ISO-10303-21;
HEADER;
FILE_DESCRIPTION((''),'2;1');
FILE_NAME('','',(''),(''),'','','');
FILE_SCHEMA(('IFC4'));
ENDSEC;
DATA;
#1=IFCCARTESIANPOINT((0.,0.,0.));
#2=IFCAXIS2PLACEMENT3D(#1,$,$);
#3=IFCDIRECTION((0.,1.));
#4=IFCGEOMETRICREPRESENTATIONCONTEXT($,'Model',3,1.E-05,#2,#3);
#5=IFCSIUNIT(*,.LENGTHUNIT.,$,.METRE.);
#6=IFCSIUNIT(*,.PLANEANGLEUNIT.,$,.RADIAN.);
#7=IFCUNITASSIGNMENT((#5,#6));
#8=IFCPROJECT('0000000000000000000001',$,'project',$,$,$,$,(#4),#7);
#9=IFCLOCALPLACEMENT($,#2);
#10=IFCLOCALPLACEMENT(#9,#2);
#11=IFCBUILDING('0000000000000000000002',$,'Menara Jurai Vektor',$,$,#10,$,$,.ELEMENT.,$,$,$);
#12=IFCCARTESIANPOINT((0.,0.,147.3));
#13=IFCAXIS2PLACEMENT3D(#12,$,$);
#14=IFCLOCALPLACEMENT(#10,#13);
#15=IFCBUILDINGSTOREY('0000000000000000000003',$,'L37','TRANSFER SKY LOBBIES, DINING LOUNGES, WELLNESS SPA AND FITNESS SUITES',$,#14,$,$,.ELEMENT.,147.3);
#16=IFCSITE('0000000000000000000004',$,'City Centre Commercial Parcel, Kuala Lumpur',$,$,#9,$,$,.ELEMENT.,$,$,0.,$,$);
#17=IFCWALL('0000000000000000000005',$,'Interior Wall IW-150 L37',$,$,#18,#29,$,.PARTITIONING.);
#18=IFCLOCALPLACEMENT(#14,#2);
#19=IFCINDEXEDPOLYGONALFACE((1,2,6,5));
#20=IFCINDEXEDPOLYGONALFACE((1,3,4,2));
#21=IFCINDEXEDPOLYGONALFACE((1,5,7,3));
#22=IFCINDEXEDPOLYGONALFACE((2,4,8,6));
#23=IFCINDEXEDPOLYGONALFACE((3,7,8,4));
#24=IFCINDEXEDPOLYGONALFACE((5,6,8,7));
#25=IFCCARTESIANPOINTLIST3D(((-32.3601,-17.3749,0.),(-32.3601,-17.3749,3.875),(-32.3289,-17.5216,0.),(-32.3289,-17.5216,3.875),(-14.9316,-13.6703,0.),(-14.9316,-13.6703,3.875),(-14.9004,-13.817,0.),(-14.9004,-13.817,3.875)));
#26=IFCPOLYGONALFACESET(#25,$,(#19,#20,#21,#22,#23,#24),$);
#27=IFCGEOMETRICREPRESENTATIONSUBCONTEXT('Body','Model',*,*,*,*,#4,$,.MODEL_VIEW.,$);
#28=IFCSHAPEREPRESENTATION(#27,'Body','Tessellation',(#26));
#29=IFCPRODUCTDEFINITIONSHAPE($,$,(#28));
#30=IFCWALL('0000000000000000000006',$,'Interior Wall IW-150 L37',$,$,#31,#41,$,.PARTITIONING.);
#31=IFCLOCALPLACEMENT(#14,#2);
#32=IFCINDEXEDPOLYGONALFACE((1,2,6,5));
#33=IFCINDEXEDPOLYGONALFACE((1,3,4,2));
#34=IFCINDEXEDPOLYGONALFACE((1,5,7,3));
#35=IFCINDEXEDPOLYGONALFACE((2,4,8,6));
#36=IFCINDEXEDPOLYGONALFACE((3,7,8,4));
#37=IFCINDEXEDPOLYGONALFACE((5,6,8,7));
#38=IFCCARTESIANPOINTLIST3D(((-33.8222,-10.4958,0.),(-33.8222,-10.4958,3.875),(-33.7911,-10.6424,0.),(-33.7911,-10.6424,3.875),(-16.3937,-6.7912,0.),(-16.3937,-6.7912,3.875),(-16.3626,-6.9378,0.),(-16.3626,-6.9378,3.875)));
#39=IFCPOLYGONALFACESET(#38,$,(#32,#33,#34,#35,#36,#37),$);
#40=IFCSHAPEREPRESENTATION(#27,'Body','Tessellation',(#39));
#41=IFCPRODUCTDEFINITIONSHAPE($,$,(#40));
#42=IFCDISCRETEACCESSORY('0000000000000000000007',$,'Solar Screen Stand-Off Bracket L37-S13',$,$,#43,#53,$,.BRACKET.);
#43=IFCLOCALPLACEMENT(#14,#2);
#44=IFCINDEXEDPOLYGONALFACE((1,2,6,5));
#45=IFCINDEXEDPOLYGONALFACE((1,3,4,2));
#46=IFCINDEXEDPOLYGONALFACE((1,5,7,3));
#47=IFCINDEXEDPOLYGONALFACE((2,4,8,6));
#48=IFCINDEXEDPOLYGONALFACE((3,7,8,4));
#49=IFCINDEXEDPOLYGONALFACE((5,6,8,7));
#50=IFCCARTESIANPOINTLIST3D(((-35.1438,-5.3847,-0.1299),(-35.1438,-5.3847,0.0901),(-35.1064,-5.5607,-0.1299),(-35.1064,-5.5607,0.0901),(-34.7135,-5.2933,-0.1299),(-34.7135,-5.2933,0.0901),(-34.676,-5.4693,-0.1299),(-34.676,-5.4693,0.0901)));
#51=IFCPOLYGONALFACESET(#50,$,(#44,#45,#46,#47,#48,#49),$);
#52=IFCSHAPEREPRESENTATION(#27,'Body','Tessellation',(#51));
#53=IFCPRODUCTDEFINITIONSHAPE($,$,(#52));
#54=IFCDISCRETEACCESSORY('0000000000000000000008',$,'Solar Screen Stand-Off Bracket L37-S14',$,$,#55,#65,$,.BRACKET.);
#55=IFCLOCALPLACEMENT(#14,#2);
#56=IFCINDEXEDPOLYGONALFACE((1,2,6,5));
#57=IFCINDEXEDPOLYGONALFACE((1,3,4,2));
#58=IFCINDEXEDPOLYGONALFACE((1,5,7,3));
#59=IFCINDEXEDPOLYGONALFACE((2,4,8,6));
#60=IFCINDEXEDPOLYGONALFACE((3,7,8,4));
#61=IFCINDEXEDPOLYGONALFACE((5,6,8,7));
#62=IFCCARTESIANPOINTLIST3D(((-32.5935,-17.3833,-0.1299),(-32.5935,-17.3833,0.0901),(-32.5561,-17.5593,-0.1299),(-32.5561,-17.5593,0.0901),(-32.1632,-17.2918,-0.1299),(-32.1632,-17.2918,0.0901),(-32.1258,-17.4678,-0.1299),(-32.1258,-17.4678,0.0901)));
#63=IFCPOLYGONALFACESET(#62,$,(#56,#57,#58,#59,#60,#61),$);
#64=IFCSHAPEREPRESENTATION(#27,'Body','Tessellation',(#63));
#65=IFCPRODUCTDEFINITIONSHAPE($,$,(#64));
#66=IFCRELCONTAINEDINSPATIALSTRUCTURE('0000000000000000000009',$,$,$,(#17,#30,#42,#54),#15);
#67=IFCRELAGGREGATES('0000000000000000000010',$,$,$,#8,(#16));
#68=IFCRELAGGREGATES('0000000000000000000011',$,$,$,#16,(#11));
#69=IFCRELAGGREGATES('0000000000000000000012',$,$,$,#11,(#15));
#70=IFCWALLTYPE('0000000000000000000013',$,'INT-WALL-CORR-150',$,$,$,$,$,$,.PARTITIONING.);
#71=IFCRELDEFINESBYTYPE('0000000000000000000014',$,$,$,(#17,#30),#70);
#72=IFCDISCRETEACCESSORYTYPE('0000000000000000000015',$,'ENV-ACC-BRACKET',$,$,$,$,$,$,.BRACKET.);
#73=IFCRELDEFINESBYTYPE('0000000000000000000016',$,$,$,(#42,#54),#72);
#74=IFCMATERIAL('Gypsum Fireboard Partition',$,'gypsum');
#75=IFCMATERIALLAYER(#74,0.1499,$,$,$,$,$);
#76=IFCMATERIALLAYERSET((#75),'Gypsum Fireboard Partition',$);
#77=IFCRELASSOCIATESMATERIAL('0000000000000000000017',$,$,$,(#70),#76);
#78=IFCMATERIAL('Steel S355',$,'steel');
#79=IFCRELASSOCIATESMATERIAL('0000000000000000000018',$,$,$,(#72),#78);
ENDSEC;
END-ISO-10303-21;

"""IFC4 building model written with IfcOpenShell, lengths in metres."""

from ifc_helpers import new_model, si_unit, direction, frame, frame_2d, origin, origin_2d, place, context, subcontext, project, spatial, rectangle, extrude, material, layer, layer_set, type_object, element, save


model = new_model("IFC4")

# Units and contexts
model_context = context("Model", 3, precision=1e-05, world=origin(), true_north=direction((0.0, 1.0)))
body_context = subcontext(model_context, "Body", "Model", "MODEL_VIEW")
ifc_project = project(units=[si_unit("LENGTHUNIT", "METRE"), si_unit("PLANEANGLEUNIT", "RADIAN")], contexts=[model_context])

# Site, building, storey
site_placement = place(None, origin())
site = spatial("IfcSite", under=ifc_project, at=site_placement, Name="City Centre Commercial Parcel, Kuala Lumpur", CompositionType="ELEMENT", RefElevation=0.0)
building_placement = place(site_placement, origin())
building = spatial("IfcBuilding", under=site, at=building_placement, Name="Menara Jurai Vektor", CompositionType="ELEMENT")
storey_placement = place(building_placement, frame((0.0, 0.0, 147.3)))
storey = spatial("IfcBuildingStorey", under=building, at=storey_placement, Name="L37", Description="TRANSFER SKY LOBBIES, DINING LOUNGES, WELLNESS SPA AND FITNESS SUITES", CompositionType="ELEMENT", Elevation=147.3)

# Shared definitions
ifc_material_1 = material(Name="Steel S355", Category="steel")

# Shared definitions
ifc_material_2 = material(Name="Gypsum Fireboard Partition", Category="gypsum")
ifc_layer_1 = layer(ifc_material_2, 0.1499)
ifc_layer_set_1 = layer_set([ifc_layer_1], Name="Gypsum Fireboard Partition")
wall_type = type_object("IfcWallType", Name="INT-WALL-CORR-150", PredefinedType="PARTITIONING", material=ifc_layer_set_1)

# Walls
for number, where, z_axis, x_axis, name in (
    (1, (-32.3445, -17.4482, 0.0), (0.0, 0.0, 1.0), (0.978147, 0.207915, 0.0), "Interior Wall IW-150 L37"),
    (2, (-33.8066, -10.5691, 0.0), (0.0, 0.0, 1.0), (0.978147, 0.207915, 0.0), "Interior Wall IW-150 L37"),
):
    element("IfcWall", number, at=place(storey_placement, frame(where, z_axis=z_axis, x_axis=x_axis)), inside=storey, type_object=wall_type, Name=name, PredefinedType="PARTITIONING", context=body_context, shape_type="SweptSolid", body=[
        extrude(rectangle(XDim=17.8179, YDim=0.1499, at=frame_2d((8.9089, 0.0))), origin(), (0.0, 0.0, 1.0), 3.875),
    ])

# Discrete accessories
discrete_accessory_type = type_object("IfcDiscreteAccessoryType", Name="ENV-ACC-BRACKET", PredefinedType="BRACKET", material=ifc_material_1)
for number, where, z_axis, x_axis, name in (
    (3, (-34.9099, -5.427, -0.1299), (0.0, 0.0, 1.0), (0.207912, -0.978148, 0.0), "Solar Screen Stand-Off Bracket L37-S13"),
    (4, (-32.3596, -17.4255, -0.1299), (0.0, 0.0, 1.0), (0.207912, -0.978148, 0.0), "Solar Screen Stand-Off Bracket L37-S14"),
):
    element("IfcDiscreteAccessory", number, at=place(storey_placement, frame(where, z_axis=z_axis, x_axis=x_axis)), inside=storey, type_object=discrete_accessory_type, Name=name, PredefinedType="BRACKET", context=body_context, shape_type="SweptSolid", body=[
        extrude(rectangle(XDim=0.1799, YDim=0.4399, at=origin_2d()), origin(), (0.0, 0.0, 1.0), 0.22),
    ])

save(model, "model.ifc")
